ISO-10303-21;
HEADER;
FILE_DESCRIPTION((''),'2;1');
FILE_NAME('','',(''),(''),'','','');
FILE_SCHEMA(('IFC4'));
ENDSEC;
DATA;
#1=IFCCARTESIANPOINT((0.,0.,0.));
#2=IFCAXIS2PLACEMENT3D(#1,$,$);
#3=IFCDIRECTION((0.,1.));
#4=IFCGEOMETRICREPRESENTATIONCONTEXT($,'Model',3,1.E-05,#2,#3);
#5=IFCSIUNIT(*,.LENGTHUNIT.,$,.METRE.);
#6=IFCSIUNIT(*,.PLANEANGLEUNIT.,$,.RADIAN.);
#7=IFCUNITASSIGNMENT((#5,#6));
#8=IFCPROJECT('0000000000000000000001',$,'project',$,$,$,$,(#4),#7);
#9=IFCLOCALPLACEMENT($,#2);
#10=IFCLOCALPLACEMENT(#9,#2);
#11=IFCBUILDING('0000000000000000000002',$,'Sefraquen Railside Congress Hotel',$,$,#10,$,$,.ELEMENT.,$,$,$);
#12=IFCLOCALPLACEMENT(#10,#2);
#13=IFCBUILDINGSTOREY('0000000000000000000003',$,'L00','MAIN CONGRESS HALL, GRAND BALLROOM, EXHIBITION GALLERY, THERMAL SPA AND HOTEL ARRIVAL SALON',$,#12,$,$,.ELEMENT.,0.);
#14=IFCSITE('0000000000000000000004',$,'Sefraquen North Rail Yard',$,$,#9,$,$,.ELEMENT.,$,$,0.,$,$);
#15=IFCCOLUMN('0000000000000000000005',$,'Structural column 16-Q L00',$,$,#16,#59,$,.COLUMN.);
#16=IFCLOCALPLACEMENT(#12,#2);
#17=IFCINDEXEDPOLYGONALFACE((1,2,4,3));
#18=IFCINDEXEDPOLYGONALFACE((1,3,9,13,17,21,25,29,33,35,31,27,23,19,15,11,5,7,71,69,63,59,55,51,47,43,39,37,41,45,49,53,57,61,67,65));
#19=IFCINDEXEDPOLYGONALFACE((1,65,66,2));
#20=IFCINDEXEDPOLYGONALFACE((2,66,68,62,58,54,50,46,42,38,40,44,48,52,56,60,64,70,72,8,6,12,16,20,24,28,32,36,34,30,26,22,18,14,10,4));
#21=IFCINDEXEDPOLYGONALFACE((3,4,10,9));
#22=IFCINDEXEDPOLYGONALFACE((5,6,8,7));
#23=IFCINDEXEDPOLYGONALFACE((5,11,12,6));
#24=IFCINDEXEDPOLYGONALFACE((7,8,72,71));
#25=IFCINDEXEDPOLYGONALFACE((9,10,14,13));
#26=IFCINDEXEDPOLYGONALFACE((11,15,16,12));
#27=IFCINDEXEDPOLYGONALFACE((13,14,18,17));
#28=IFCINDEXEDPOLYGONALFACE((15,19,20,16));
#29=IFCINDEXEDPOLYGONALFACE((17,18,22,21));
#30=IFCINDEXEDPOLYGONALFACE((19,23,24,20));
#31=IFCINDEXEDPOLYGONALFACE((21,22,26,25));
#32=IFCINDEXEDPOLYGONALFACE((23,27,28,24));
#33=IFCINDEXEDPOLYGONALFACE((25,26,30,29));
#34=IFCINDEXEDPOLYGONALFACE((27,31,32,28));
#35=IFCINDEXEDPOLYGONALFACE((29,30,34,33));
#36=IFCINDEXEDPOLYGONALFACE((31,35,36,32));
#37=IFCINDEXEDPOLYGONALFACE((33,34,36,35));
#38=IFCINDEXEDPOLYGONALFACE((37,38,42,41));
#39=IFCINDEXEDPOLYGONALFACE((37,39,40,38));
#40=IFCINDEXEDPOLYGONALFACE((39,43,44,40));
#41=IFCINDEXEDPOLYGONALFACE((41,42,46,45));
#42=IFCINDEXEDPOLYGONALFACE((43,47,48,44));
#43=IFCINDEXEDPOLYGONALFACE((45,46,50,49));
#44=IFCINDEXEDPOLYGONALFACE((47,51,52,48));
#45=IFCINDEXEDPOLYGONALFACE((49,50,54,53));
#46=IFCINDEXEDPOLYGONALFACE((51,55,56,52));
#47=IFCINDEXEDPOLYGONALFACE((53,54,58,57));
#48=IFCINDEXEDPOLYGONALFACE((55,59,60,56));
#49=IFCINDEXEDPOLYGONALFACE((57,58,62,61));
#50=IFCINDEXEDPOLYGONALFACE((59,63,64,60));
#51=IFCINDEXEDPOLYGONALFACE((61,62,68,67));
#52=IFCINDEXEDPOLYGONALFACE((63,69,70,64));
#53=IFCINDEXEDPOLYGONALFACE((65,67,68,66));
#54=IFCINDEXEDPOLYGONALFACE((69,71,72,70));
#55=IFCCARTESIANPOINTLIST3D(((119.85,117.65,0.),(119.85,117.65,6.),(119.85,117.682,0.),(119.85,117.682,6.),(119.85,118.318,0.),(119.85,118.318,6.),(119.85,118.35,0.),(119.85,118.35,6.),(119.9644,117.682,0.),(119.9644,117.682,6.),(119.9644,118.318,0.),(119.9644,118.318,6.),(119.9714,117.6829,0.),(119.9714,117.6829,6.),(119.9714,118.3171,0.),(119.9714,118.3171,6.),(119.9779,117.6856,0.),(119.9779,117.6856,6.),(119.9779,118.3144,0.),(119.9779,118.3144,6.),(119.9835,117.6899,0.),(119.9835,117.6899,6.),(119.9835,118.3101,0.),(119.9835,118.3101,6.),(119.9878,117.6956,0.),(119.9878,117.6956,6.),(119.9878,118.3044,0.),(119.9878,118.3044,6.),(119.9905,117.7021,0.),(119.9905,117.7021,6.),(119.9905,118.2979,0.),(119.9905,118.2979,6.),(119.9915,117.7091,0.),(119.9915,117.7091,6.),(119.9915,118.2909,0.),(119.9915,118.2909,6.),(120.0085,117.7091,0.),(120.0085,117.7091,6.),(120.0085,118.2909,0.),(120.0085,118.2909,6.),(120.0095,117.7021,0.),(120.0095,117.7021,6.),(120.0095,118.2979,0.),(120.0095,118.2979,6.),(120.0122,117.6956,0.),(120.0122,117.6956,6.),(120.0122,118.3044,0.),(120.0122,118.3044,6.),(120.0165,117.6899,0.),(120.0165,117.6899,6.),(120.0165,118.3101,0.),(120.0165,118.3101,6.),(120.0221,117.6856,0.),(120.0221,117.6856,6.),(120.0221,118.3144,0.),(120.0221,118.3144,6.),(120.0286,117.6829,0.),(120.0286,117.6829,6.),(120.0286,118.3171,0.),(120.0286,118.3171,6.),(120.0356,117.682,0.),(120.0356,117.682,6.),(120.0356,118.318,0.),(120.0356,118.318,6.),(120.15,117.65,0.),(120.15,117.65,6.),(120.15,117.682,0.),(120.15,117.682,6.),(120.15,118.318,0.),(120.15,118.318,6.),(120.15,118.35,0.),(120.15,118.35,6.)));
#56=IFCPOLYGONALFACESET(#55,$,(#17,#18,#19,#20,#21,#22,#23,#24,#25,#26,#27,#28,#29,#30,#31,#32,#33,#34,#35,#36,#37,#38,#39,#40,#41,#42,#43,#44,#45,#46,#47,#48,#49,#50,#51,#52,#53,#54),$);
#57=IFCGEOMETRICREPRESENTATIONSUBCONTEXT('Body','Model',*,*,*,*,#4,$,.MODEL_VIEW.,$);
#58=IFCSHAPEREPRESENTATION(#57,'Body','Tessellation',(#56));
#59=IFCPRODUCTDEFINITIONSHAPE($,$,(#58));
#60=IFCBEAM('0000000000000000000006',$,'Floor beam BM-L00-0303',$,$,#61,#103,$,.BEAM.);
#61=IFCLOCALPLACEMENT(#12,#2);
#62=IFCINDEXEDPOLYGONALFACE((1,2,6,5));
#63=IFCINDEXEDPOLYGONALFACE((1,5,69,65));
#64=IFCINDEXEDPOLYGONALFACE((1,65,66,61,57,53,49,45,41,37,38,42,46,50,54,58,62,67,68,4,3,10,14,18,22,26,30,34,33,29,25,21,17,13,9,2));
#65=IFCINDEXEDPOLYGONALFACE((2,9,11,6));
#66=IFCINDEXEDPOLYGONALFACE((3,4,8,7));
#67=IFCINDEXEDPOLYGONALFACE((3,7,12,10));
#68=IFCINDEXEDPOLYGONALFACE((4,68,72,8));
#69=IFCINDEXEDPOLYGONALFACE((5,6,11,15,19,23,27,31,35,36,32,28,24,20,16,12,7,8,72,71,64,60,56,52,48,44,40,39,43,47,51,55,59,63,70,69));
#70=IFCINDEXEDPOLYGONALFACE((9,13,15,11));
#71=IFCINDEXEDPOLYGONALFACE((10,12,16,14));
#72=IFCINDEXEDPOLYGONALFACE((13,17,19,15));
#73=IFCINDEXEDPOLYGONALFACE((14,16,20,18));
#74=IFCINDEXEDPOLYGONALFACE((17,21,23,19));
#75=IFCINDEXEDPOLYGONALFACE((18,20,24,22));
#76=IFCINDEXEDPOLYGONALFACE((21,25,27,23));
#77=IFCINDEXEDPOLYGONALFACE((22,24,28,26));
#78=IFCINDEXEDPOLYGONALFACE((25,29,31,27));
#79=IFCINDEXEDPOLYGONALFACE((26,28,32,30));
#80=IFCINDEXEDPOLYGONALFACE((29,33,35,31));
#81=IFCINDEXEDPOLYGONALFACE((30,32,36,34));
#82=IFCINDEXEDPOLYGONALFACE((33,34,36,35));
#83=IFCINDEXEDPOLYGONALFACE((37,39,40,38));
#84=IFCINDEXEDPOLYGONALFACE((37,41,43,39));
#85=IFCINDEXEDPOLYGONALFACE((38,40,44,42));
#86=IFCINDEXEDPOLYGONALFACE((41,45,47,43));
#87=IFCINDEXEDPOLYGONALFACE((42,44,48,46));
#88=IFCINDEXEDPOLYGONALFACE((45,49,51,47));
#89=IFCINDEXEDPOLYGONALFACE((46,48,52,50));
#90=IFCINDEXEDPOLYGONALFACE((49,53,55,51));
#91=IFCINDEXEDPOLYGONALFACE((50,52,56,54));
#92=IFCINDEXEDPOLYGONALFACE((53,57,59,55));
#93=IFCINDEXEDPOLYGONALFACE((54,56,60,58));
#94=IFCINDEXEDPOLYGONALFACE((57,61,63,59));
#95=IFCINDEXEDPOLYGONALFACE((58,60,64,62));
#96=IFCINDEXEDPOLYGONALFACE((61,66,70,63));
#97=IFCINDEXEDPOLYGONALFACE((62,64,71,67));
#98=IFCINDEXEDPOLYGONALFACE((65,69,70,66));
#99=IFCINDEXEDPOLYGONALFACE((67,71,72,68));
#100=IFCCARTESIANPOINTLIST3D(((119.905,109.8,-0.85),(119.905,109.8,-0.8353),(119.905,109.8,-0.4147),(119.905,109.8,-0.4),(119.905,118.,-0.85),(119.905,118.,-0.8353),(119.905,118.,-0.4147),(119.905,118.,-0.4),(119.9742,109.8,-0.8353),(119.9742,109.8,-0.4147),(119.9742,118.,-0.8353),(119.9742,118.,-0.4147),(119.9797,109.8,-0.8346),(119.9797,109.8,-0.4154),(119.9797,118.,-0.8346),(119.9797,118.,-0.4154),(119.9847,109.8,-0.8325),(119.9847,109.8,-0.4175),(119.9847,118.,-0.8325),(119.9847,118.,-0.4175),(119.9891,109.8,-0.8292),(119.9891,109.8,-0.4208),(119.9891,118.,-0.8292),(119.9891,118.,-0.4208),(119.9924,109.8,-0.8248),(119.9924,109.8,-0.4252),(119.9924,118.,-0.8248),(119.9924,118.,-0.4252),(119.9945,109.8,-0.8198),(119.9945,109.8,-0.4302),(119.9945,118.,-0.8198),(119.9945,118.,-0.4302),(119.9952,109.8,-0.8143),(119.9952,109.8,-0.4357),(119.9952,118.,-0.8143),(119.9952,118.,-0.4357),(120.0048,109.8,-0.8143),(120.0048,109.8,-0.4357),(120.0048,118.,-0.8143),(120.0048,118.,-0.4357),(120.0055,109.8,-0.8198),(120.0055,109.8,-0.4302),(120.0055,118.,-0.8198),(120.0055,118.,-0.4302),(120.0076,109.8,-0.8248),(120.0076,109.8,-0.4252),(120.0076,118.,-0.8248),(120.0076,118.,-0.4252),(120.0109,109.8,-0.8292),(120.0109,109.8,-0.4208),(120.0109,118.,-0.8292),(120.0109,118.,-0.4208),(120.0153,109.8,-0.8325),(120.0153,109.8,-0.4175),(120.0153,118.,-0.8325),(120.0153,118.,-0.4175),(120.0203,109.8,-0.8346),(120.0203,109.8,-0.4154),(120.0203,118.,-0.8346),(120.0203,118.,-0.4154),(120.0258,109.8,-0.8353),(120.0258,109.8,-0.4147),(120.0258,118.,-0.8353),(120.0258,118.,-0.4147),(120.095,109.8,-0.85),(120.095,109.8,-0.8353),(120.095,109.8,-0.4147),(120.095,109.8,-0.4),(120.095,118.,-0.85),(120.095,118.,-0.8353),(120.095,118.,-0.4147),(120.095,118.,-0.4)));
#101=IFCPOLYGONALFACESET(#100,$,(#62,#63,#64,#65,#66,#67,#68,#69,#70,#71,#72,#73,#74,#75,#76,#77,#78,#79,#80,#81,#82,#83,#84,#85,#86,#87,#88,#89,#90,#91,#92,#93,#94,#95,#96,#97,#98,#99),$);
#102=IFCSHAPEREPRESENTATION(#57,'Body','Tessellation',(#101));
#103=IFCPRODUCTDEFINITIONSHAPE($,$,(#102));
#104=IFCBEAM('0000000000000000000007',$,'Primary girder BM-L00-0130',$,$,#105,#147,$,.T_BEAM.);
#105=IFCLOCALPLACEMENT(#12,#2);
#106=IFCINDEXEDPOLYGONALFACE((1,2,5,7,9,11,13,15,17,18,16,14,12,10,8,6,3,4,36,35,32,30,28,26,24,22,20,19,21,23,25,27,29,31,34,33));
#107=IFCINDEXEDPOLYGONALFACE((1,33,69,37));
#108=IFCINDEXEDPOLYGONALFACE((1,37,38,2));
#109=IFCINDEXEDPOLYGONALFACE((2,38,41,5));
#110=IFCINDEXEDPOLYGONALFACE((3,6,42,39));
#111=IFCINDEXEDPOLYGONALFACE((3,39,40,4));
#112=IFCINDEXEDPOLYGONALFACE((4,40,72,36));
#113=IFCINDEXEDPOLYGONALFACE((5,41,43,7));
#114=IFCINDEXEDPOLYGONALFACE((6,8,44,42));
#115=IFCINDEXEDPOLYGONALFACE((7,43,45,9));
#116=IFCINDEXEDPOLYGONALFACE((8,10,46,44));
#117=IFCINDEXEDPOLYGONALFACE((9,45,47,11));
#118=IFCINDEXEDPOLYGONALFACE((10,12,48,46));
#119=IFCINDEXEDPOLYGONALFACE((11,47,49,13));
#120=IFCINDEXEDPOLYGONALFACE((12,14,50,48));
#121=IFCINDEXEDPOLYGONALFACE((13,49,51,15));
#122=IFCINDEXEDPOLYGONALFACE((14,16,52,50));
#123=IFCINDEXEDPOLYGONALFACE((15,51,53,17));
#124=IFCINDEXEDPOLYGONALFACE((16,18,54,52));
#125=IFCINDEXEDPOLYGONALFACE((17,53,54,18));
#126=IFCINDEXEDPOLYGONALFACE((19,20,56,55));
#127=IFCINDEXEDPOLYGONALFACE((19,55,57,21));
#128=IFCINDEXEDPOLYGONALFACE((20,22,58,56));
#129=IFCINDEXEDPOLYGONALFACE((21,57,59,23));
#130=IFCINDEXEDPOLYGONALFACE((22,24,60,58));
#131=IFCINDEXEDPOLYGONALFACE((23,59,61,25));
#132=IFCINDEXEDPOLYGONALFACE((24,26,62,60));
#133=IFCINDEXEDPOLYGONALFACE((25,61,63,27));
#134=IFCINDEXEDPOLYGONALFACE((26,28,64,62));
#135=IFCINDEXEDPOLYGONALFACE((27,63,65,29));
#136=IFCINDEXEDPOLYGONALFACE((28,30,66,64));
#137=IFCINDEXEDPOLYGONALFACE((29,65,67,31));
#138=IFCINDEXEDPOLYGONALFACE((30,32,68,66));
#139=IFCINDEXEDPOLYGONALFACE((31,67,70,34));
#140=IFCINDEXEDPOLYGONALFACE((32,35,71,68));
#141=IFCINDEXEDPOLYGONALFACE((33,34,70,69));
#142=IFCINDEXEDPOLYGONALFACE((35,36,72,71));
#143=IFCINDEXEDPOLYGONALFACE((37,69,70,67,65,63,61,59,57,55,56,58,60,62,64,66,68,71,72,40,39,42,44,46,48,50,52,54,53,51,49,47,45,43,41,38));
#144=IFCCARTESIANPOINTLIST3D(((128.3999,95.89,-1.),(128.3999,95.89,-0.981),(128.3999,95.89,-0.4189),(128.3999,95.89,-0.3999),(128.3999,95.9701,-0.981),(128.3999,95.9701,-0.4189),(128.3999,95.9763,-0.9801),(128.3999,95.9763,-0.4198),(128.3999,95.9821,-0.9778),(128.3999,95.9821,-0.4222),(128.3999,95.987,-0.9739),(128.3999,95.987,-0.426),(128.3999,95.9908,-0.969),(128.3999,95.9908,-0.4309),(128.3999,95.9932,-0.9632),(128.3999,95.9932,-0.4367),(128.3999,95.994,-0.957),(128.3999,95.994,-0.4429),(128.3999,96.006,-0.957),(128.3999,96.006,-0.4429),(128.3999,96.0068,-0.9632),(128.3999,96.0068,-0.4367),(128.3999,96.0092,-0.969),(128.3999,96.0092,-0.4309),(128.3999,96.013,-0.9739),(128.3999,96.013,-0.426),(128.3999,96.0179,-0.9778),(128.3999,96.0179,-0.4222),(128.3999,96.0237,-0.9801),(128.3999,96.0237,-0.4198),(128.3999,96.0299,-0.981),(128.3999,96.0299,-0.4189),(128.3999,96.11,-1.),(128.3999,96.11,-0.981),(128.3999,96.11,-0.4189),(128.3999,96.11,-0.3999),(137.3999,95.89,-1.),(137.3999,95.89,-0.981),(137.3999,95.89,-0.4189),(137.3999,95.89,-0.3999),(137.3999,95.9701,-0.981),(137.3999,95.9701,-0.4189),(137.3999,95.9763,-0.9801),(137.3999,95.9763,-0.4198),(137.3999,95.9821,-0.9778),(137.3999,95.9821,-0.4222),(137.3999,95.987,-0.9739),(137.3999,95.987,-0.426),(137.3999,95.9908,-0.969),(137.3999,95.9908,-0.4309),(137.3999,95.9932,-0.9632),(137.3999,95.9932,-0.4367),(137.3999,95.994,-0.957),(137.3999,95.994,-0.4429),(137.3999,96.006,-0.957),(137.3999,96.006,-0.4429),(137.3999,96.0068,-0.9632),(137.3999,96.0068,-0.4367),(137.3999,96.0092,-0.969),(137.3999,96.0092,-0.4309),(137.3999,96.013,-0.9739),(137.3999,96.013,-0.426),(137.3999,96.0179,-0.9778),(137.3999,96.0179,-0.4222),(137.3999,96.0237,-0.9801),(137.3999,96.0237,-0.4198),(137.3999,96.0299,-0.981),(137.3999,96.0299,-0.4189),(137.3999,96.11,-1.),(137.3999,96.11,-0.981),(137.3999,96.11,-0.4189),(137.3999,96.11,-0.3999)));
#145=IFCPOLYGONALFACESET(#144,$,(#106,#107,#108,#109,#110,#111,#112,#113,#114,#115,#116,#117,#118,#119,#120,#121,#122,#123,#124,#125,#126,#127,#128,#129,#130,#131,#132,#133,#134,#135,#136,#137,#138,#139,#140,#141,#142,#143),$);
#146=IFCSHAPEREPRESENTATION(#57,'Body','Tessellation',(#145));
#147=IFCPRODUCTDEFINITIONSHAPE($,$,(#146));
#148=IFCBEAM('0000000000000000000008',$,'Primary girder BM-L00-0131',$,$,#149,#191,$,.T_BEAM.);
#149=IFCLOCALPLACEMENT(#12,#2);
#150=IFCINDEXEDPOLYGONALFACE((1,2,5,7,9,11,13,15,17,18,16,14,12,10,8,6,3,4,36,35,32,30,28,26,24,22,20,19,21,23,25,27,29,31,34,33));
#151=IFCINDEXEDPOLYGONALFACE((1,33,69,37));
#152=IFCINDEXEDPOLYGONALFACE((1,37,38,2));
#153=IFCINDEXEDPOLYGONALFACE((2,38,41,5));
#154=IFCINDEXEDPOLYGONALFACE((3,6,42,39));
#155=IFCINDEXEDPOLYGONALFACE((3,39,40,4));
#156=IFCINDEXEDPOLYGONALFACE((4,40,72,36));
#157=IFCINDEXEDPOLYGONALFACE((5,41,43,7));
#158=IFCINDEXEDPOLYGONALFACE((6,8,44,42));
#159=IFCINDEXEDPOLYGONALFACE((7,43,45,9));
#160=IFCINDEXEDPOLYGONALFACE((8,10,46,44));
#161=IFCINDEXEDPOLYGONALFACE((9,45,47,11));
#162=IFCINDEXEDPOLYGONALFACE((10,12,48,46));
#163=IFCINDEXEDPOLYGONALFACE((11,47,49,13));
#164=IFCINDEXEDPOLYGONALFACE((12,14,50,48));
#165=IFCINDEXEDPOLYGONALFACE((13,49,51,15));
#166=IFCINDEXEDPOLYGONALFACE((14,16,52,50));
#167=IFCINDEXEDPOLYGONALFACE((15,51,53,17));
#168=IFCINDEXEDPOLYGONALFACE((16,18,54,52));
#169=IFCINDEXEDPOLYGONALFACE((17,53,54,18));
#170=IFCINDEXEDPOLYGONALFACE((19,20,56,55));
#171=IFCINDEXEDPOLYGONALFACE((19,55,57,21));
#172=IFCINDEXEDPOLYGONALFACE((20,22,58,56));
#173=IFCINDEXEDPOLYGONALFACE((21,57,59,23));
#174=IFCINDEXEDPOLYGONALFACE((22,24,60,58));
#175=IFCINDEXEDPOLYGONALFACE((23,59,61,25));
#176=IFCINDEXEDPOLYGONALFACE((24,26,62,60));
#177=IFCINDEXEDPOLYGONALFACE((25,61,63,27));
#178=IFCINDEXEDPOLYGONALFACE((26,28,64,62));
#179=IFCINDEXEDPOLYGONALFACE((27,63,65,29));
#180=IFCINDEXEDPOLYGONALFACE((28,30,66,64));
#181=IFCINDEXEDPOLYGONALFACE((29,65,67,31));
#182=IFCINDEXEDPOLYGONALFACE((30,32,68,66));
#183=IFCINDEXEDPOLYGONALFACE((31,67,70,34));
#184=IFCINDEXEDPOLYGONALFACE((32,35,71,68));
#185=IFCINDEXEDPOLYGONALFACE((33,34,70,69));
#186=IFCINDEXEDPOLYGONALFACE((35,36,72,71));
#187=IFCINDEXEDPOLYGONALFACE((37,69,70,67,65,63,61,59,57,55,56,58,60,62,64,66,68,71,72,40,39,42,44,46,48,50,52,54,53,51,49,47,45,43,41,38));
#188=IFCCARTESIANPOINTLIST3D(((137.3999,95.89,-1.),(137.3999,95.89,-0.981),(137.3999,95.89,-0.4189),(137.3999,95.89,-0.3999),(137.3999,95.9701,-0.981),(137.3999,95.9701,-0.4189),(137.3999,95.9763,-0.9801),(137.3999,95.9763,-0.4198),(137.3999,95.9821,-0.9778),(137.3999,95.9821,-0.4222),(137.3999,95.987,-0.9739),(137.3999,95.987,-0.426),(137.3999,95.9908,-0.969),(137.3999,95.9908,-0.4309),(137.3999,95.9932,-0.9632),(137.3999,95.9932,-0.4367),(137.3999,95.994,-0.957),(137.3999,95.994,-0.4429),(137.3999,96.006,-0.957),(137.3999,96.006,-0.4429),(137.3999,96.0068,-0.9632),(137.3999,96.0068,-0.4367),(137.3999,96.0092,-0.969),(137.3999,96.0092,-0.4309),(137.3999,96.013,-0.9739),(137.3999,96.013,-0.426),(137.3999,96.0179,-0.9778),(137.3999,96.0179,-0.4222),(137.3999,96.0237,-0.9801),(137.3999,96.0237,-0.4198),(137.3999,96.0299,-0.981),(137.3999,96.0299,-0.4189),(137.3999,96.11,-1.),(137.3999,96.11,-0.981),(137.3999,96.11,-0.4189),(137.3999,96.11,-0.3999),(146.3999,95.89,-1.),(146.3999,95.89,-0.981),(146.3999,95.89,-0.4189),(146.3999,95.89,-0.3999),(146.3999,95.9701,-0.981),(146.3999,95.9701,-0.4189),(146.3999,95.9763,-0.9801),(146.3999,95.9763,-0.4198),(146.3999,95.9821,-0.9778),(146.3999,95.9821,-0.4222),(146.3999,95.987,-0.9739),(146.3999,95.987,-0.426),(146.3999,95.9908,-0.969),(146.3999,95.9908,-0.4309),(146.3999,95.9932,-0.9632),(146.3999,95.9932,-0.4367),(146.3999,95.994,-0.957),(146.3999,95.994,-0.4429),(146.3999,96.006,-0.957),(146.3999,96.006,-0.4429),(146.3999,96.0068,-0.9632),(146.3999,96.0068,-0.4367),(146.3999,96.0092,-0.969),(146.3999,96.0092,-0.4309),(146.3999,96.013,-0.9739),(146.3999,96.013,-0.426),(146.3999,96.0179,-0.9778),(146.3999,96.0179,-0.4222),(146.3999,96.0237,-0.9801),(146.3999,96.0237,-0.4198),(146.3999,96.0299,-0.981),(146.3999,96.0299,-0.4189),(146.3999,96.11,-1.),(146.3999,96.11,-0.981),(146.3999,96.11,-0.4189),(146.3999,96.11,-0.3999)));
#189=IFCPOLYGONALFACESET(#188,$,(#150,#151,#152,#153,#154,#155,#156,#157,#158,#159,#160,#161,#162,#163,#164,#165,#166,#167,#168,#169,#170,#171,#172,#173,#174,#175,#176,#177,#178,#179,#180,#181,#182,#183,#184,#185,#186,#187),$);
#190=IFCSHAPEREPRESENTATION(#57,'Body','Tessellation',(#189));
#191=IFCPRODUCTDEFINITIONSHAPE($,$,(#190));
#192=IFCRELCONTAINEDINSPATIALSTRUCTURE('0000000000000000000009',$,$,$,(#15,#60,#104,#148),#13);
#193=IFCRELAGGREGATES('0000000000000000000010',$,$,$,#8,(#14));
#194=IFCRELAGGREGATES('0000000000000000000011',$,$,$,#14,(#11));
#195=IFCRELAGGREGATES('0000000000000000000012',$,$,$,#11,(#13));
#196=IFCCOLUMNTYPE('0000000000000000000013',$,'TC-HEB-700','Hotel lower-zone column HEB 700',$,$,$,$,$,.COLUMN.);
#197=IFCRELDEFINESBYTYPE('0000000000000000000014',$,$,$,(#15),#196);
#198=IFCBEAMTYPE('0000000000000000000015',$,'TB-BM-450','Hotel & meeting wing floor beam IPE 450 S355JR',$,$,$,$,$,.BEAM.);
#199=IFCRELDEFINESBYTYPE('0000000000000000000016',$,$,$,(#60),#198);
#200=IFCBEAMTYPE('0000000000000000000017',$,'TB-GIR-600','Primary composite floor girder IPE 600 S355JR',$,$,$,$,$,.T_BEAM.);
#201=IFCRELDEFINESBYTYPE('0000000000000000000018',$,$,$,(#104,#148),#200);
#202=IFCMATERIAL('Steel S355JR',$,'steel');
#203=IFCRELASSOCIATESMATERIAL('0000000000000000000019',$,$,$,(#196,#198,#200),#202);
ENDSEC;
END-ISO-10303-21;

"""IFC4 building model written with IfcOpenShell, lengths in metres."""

from ifc_helpers import new_model, si_unit, direction, frame, origin, origin_2d, place, context, subcontext, project, spatial, i_section, extrude, material, material_profile, profile_set, type_object, element, save


model = new_model("IFC4")

# Units and contexts
model_context = context("Model", 3, precision=1e-05, world=origin(), true_north=direction((0.0, 1.0)))
body_context = subcontext(model_context, "Body", "Model", "MODEL_VIEW")
ifc_project = project(units=[si_unit("LENGTHUNIT", "METRE"), si_unit("PLANEANGLEUNIT", "RADIAN")], contexts=[model_context])

# Site, building, storey
site_placement = place(None, origin())
site = spatial("IfcSite", under=ifc_project, at=site_placement, Name="Sefraquen North Rail Yard", CompositionType="ELEMENT", RefElevation=0.0)
building_placement = place(site_placement, origin())
building = spatial("IfcBuilding", under=site, at=building_placement, Name="Sefraquen Railside Congress Hotel", CompositionType="ELEMENT")
storey_placement = place(building_placement, origin())
storey = spatial("IfcBuildingStorey", under=building, at=storey_placement, Name="L00", Description="MAIN CONGRESS HALL, GRAND BALLROOM, EXHIBITION GALLERY, THERMAL SPA AND HOTEL ARRIVAL SALON", CompositionType="ELEMENT", Elevation=0.0)

# Column
ifc_material_1 = material(Name="Steel S355JR", Category="steel")
ifc_material_profile_1 = material_profile(ifc_material_1, i_section(OverallWidth=0.3, OverallDepth=0.7, WebThickness=0.0171, FlangeThickness=0.032, FilletRadius=0.0271, at=origin_2d()), Name="HEB 700")
ifc_profile_set_1 = profile_set([ifc_material_profile_1], Name="Steel S355JR")
column_type_1 = type_object("IfcColumnType", Name="TC-HEB-700", Description="Hotel lower-zone column HEB 700", PredefinedType="COLUMN", material=ifc_profile_set_1)
column_1_placement = place(storey_placement, frame((120.0, 118.0, 0.0), z_axis=(0.0, 0.0, 1.0), x_axis=(1.0, 0.0, 0.0)))
element("IfcColumn", 1, at=column_1_placement, inside=storey, type_object=column_type_1, Name="Structural column 16-Q L00", PredefinedType="COLUMN", context=body_context, shape_type="SweptSolid", body=[
    extrude(i_section(OverallWidth=0.3, OverallDepth=0.7, WebThickness=0.0171, FlangeThickness=0.032, FilletRadius=0.0271, at=origin_2d()), origin(), (0.0, 0.0, 1.0), 6.0),
])

# Beams
ifc_material_profile_2 = material_profile(ifc_material_1, i_section(OverallWidth=0.1899, OverallDepth=0.45, WebThickness=0.0095, FlangeThickness=0.0146, FilletRadius=0.021, at=origin_2d()), Name="IPE 450")
ifc_profile_set_2 = profile_set([ifc_material_profile_2], Name="Steel S355JR")
beam_type_1 = type_object("IfcBeamType", Name="TB-BM-450", Description="Hotel & meeting wing floor beam IPE 450 S355JR", PredefinedType="BEAM", material=ifc_profile_set_2)
beam_placement = place(storey_placement, frame((120.0, 109.8, -0.625), z_axis=(0.0, 1.0, 0.0), x_axis=(-1.0, 0.0, 0.0)))
element("IfcBeam", 2, at=beam_placement, inside=storey, type_object=beam_type_1, Name="Floor beam BM-L00-0303", PredefinedType="BEAM", context=body_context, shape_type="SweptSolid", body=[
    extrude(i_section(OverallWidth=0.1899, OverallDepth=0.45, WebThickness=0.0095, FlangeThickness=0.0146, FilletRadius=0.021, at=origin_2d()), origin(), (0.0, 0.0, 1.0), 8.2),
])
ifc_material_profile_3 = material_profile(ifc_material_1, i_section(OverallWidth=0.22, OverallDepth=0.6001, WebThickness=0.012, FlangeThickness=0.019, FilletRadius=0.0239, at=origin_2d()), Name="IPE 600")
ifc_profile_set_3 = profile_set([ifc_material_profile_3], Name="Steel S355JR")
beam_type_2 = type_object("IfcBeamType", Name="TB-GIR-600", Description="Primary composite floor girder IPE 600 S355JR", PredefinedType="T_BEAM", material=ifc_profile_set_3)
for number, where, z_axis, x_axis, name in (
    (3, (128.3999, 96.0, -0.7), (1.0, 0.0, 0.0), (0.0, 1.0, 0.0), "Primary girder BM-L00-0130"),
    (4, (137.3999, 96.0, -0.7), (1.0, 0.0, 0.0), (0.0, 1.0, 0.0), "Primary girder BM-L00-0131"),
):
    element("IfcBeam", number, at=place(storey_placement, frame(where, z_axis=z_axis, x_axis=x_axis)), inside=storey, type_object=beam_type_2, Name=name, PredefinedType="T_BEAM", context=body_context, shape_type="SweptSolid", body=[
        extrude(i_section(OverallWidth=0.22, OverallDepth=0.6001, WebThickness=0.012, FlangeThickness=0.019, FilletRadius=0.0239, at=origin_2d()), origin(), (0.0, 0.0, 1.0), 9.0),
    ])

save(model, "model.ifc")
